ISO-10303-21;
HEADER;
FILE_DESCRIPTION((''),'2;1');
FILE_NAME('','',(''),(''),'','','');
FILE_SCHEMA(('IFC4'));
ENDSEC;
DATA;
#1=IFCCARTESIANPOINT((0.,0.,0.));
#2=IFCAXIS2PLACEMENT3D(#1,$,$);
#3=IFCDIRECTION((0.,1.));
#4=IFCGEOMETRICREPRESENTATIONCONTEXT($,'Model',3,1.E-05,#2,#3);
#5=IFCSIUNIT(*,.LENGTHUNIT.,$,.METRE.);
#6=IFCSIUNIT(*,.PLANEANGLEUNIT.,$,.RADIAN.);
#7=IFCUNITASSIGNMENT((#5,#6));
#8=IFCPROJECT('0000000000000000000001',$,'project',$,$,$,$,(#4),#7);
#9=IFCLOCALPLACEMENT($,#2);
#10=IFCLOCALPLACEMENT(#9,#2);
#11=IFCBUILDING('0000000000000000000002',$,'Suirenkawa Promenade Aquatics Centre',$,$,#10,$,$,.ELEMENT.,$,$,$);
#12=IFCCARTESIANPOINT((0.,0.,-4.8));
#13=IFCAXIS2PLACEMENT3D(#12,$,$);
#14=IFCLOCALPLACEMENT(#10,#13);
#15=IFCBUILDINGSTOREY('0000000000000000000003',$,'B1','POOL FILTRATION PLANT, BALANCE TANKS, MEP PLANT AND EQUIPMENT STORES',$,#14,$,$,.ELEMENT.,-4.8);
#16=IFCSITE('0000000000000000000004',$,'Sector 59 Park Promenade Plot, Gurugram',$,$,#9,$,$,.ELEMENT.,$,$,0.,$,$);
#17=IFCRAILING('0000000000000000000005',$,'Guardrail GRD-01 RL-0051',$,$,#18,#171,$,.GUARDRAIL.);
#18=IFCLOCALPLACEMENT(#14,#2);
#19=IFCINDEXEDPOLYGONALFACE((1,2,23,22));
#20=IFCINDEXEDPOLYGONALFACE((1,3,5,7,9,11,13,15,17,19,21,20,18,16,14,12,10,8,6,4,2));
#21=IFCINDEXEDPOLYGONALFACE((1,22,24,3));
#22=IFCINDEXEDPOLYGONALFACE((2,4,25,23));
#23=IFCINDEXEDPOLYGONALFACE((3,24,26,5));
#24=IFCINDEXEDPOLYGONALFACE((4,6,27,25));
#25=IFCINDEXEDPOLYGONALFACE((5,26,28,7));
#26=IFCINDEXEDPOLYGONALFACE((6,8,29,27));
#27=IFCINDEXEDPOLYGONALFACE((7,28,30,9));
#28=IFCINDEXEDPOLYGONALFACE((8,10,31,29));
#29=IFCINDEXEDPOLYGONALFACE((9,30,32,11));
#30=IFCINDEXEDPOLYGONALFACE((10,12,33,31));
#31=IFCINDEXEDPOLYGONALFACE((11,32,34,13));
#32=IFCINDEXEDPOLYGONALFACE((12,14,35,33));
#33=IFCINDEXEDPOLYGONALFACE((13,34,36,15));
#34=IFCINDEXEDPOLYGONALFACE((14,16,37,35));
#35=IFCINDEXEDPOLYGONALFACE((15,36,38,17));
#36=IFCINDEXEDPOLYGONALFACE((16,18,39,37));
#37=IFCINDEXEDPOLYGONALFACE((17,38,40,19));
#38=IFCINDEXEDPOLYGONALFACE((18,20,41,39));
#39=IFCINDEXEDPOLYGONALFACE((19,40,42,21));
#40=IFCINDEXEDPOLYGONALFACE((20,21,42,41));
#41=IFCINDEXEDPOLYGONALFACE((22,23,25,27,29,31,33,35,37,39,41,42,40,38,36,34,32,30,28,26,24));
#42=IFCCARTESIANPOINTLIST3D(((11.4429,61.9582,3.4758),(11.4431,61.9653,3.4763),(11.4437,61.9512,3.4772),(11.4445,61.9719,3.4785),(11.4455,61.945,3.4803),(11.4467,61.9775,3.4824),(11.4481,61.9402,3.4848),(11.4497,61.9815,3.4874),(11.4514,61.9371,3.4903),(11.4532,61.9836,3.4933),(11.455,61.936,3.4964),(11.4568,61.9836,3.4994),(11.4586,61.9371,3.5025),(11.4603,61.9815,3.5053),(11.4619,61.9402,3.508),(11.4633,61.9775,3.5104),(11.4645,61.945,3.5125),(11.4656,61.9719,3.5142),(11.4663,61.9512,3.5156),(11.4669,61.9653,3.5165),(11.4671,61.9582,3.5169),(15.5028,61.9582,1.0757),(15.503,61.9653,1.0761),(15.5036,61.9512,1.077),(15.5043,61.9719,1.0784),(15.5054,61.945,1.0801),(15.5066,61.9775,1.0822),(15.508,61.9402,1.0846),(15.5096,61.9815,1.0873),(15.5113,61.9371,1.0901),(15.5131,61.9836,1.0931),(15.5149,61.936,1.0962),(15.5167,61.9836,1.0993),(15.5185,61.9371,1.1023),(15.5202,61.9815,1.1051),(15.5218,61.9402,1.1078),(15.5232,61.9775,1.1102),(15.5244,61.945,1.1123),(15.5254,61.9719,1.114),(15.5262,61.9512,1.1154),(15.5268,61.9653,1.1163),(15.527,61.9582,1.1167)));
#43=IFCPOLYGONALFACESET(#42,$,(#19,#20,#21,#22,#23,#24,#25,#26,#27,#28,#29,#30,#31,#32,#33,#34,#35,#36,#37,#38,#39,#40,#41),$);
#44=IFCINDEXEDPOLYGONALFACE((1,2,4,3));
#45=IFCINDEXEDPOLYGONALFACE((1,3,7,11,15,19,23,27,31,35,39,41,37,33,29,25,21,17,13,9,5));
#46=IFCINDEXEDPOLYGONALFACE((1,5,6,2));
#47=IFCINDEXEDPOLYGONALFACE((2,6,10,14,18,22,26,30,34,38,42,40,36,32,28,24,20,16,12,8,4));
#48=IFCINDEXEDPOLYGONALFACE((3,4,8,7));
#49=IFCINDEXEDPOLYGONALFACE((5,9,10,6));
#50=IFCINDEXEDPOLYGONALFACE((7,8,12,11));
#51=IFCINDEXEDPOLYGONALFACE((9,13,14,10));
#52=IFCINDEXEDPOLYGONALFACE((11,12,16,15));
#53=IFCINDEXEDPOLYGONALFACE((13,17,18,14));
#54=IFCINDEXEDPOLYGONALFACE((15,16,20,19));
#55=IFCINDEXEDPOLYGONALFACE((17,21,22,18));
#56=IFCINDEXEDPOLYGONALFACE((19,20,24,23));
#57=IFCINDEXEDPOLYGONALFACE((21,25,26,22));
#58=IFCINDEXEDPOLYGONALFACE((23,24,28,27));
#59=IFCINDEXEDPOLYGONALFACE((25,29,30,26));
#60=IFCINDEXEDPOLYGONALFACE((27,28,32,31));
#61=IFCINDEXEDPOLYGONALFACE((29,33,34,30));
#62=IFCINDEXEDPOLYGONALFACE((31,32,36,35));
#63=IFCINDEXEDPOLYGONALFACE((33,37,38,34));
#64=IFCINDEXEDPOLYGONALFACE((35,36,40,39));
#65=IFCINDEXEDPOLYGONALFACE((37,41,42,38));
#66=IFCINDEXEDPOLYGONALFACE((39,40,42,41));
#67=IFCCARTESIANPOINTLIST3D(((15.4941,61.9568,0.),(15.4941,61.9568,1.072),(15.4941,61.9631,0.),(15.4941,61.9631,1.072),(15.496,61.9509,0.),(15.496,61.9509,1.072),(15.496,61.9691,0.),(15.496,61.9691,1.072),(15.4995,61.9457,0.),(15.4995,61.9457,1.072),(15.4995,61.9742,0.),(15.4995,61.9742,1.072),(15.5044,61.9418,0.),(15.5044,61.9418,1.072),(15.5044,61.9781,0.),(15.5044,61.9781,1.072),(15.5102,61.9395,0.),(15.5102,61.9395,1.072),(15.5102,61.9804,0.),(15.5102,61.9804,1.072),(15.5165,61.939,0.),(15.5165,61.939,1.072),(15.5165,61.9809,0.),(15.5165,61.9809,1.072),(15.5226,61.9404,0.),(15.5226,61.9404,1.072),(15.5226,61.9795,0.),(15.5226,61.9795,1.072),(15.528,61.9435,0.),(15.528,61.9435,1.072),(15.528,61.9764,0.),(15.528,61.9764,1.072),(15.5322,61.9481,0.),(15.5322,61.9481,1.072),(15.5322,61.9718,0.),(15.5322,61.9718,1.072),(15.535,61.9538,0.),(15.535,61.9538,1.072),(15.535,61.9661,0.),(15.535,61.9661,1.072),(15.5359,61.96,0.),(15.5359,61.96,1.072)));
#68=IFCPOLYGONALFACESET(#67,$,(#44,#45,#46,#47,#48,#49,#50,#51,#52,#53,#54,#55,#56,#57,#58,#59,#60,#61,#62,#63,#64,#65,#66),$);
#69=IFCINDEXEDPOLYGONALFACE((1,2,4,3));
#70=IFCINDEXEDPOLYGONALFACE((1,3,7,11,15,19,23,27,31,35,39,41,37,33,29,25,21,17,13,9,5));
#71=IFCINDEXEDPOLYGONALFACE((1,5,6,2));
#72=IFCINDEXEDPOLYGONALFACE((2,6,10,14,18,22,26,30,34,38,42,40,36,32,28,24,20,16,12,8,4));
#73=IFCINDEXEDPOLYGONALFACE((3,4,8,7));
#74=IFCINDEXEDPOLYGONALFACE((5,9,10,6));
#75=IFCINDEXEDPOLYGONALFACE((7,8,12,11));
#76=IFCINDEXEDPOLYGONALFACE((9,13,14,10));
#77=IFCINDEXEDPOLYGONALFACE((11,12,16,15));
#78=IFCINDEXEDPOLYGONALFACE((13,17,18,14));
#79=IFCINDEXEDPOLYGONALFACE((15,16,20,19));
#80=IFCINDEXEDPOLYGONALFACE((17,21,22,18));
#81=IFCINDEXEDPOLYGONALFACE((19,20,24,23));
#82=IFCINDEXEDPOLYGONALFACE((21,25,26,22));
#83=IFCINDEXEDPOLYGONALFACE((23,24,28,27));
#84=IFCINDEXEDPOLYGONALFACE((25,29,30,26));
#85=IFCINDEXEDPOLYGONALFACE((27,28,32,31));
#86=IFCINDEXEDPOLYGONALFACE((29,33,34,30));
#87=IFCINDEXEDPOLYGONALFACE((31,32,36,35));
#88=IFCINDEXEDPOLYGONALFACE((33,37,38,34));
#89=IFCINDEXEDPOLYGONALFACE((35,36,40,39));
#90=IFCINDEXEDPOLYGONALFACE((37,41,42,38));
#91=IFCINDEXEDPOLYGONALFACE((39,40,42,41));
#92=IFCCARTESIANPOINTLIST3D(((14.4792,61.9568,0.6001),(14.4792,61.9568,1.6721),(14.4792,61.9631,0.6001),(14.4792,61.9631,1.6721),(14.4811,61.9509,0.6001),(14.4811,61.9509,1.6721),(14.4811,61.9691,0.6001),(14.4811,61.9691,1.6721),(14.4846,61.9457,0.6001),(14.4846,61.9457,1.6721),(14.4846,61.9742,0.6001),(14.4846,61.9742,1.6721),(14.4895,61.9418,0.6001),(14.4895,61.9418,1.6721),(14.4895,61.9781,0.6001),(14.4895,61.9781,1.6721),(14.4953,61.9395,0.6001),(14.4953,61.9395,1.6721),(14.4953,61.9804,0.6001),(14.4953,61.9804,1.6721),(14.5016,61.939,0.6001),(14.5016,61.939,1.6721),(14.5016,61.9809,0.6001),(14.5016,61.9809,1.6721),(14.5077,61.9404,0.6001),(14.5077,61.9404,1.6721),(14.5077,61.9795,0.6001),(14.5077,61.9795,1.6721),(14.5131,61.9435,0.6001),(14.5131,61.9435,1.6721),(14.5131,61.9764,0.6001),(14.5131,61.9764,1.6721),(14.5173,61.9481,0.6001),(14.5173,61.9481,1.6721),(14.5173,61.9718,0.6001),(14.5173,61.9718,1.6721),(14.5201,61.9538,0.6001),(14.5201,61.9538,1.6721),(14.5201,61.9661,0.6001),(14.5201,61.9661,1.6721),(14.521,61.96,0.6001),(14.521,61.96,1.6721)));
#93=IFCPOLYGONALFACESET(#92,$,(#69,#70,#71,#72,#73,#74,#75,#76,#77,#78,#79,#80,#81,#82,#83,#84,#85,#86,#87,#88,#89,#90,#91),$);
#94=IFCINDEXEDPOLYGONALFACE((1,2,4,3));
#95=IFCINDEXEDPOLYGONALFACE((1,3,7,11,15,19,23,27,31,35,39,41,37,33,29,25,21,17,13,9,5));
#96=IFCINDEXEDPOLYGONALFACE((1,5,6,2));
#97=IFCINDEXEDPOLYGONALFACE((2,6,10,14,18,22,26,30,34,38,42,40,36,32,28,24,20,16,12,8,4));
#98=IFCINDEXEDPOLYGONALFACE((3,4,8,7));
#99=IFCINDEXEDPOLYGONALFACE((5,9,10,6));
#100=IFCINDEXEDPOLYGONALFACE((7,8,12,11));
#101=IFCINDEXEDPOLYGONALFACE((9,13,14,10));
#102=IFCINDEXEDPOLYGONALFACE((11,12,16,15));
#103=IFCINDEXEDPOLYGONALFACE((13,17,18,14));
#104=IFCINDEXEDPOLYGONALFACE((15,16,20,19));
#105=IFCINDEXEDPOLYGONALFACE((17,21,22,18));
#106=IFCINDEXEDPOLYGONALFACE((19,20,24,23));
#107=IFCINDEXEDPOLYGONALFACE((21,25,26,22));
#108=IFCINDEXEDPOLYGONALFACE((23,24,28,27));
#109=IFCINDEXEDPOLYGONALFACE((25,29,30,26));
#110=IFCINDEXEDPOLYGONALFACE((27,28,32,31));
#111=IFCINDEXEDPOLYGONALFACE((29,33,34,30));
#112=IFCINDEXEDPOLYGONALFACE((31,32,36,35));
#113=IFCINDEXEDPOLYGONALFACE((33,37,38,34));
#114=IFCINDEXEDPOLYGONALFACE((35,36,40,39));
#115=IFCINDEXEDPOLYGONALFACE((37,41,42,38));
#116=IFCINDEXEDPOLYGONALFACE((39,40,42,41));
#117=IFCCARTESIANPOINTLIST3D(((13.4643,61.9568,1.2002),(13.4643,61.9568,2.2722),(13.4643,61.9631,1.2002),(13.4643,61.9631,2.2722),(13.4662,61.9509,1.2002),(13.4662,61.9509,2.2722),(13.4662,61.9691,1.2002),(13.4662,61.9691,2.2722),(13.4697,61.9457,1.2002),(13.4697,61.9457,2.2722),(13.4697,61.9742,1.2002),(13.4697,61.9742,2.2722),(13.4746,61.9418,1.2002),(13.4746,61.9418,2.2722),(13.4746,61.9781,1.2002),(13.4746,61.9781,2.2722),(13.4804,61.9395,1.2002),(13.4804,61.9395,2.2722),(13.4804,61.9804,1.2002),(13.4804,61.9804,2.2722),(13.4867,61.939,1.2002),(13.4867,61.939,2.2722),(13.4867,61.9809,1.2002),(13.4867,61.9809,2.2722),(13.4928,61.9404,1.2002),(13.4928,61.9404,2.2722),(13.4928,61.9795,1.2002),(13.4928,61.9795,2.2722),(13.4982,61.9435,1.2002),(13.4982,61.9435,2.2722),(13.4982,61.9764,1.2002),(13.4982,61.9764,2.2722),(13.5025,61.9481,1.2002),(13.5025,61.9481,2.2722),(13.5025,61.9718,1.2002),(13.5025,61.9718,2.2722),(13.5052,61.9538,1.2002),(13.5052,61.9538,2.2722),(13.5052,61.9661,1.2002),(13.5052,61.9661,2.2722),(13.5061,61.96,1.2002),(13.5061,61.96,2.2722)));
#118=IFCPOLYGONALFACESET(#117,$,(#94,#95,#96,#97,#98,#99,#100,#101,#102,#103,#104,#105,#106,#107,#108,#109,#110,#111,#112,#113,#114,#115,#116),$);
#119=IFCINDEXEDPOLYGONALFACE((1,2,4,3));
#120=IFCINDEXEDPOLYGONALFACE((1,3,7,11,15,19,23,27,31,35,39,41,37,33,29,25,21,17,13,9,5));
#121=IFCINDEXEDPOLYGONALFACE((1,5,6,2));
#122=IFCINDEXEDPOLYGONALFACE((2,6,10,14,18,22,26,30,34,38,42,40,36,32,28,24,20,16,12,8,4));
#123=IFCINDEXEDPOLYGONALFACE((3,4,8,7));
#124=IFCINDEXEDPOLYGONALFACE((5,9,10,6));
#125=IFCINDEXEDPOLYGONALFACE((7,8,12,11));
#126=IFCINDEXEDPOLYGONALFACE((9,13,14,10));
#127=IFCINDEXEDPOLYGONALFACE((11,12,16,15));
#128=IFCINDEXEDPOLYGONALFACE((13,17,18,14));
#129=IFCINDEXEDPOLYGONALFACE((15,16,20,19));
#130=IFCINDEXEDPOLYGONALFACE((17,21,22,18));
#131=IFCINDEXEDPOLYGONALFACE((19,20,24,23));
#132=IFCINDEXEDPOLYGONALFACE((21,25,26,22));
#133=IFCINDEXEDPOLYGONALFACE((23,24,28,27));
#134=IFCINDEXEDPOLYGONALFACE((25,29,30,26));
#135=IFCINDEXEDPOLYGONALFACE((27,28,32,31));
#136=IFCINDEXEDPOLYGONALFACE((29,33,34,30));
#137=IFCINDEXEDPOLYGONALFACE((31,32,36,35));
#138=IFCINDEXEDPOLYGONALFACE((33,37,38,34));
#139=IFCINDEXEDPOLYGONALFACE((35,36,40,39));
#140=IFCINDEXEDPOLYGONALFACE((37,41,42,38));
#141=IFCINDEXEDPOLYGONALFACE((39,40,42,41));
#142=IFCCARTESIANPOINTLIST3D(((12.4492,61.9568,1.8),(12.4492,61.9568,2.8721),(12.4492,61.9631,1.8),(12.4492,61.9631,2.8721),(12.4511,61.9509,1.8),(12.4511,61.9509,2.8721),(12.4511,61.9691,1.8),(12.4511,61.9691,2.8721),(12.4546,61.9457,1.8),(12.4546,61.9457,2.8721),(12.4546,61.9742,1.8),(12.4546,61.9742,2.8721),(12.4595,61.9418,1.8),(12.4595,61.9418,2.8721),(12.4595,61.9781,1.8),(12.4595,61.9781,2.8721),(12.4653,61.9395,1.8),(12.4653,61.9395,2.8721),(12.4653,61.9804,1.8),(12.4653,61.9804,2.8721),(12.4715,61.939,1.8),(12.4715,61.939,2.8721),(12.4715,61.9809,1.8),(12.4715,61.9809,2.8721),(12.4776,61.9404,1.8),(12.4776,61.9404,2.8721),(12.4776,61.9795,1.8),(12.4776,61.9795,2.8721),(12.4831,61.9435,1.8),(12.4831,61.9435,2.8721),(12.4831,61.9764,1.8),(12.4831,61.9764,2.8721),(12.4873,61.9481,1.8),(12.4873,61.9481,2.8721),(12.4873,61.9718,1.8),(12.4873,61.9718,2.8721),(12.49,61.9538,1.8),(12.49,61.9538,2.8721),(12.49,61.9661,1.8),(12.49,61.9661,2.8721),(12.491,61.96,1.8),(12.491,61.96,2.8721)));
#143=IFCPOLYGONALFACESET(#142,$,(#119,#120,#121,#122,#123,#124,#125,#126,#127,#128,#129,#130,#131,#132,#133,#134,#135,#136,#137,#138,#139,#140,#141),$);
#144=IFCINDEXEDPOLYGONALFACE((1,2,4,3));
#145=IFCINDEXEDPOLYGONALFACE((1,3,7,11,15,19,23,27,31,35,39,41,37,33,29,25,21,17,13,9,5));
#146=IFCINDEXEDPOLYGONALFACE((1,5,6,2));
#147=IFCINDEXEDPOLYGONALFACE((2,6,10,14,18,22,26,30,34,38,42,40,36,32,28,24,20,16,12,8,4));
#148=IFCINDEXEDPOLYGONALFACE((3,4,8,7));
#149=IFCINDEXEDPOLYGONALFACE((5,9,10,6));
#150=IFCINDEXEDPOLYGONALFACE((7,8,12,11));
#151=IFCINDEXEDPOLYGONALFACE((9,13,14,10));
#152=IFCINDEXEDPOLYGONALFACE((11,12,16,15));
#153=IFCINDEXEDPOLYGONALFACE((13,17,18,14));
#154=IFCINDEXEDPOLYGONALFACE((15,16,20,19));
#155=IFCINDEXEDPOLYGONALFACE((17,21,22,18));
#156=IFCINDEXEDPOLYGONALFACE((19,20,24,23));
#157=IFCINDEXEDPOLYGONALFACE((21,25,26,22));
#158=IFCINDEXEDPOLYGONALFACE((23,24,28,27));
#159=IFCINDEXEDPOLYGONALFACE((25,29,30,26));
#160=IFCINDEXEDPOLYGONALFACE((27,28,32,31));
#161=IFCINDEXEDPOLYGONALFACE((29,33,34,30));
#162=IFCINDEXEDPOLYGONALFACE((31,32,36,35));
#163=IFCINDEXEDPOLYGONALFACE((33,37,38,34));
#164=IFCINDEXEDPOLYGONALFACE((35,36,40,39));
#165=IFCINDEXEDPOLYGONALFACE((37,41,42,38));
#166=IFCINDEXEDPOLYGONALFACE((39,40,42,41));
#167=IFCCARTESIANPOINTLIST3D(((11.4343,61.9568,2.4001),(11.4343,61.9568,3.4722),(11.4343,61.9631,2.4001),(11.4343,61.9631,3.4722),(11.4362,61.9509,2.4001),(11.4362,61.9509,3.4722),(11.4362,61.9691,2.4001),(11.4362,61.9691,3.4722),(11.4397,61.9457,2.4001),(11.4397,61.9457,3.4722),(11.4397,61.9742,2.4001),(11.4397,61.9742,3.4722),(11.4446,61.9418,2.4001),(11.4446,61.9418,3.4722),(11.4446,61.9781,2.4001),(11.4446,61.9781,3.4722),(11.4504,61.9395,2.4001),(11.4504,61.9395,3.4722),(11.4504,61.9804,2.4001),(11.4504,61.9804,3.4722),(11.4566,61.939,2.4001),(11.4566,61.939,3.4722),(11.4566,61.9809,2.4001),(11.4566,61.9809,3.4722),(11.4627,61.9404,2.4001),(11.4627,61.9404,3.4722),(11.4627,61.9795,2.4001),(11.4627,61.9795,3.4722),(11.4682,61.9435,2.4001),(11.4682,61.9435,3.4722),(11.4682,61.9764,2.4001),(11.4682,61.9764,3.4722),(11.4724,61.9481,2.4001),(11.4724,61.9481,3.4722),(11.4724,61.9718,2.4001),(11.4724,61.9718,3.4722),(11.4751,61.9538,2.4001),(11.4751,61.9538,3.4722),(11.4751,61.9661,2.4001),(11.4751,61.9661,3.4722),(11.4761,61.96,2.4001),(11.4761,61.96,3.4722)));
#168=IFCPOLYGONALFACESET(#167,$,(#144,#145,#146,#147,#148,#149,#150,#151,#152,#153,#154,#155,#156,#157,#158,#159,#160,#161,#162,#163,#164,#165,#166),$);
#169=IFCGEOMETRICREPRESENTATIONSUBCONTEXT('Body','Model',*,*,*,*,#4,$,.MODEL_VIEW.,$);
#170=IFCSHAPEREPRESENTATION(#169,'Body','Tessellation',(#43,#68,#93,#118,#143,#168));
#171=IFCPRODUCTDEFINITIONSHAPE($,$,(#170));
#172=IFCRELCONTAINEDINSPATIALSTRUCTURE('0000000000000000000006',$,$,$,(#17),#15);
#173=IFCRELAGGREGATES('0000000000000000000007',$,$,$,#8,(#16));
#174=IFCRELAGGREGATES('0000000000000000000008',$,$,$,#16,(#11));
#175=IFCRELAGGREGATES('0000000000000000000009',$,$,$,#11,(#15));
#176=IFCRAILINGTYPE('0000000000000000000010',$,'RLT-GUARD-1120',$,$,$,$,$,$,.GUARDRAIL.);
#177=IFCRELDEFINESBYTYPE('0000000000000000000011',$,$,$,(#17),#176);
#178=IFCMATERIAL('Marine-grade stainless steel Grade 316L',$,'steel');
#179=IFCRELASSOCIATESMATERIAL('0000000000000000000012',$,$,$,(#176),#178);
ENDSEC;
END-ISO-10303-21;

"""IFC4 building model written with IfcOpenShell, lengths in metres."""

from ifc_helpers import new_model, si_unit, direction, frame, origin, origin_2d, place, context, subcontext, project, spatial, circle, extrude, material, type_object, element, save


model = new_model("IFC4")

# Units and contexts
model_context = context("Model", 3, precision=1e-05, world=origin(), true_north=direction((0.0, 1.0)))
body_context = subcontext(model_context, "Body", "Model", "MODEL_VIEW")
ifc_project = project(units=[si_unit("LENGTHUNIT", "METRE"), si_unit("PLANEANGLEUNIT", "RADIAN")], contexts=[model_context])

# Site, building, storey
site_placement = place(None, origin())
site = spatial("IfcSite", under=ifc_project, at=site_placement, Name="Sector 59 Park Promenade Plot, Gurugram", CompositionType="ELEMENT", RefElevation=0.0)
building_placement = place(site_placement, origin())
building = spatial("IfcBuilding", under=site, at=building_placement, Name="Suirenkawa Promenade Aquatics Centre", CompositionType="ELEMENT")
storey_placement = place(building_placement, frame((0.0, 0.0, -4.8)))
storey = spatial("IfcBuildingStorey", under=building, at=storey_placement, Name="B1", Description="POOL FILTRATION PLANT, BALANCE TANKS, MEP PLANT AND EQUIPMENT STORES", CompositionType="ELEMENT", Elevation=-4.8)

# Railing
ifc_material_1 = material(Name="Marine-grade stainless steel Grade 316L", Category="steel")
railing_type_1 = type_object("IfcRailingType", Name="RLT-GUARD-1120", PredefinedType="GUARDRAIL", material=ifc_material_1)
for number, where, name in (
    (1, (15.5149, 61.96, 0.0), "Guardrail GRD-01 RL-0051"),
):
    element("IfcRailing", number, at=place(storey_placement, frame(where)), inside=storey, type_object=railing_type_1, Name=name, PredefinedType="GUARDRAIL", context=body_context, shape_type="SweptSolid", body=[
        extrude(circle(Radius=0.0239, at=origin_2d()), frame((0.0, 0.0, 1.0962), z_axis=(-0.860818, 0.0, 0.508912), x_axis=(0.0, -1.0, 0.0)), (0.0, 0.0, 1.0), 4.7163),
        extrude(circle(Radius=0.021, at=origin_2d()), origin(), (0.0, 0.0, 1.0), 1.072),
        extrude(circle(Radius=0.021, at=origin_2d()), frame((-1.0149, 0.0, 0.6001)), (0.0, 0.0, 1.0), 1.072),
        extrude(circle(Radius=0.021, at=origin_2d()), frame((-2.0298, 0.0, 1.2002)), (0.0, 0.0, 1.0), 1.072),
        extrude(circle(Radius=0.021, at=origin_2d()), frame((-3.0449, 0.0, 1.8)), (0.0, 0.0, 1.0), 1.072),
        extrude(circle(Radius=0.021, at=origin_2d()), frame((-4.0598, 0.0, 2.4001)), (0.0, 0.0, 1.0), 1.072),
    ])

save(model, "model.ifc")
